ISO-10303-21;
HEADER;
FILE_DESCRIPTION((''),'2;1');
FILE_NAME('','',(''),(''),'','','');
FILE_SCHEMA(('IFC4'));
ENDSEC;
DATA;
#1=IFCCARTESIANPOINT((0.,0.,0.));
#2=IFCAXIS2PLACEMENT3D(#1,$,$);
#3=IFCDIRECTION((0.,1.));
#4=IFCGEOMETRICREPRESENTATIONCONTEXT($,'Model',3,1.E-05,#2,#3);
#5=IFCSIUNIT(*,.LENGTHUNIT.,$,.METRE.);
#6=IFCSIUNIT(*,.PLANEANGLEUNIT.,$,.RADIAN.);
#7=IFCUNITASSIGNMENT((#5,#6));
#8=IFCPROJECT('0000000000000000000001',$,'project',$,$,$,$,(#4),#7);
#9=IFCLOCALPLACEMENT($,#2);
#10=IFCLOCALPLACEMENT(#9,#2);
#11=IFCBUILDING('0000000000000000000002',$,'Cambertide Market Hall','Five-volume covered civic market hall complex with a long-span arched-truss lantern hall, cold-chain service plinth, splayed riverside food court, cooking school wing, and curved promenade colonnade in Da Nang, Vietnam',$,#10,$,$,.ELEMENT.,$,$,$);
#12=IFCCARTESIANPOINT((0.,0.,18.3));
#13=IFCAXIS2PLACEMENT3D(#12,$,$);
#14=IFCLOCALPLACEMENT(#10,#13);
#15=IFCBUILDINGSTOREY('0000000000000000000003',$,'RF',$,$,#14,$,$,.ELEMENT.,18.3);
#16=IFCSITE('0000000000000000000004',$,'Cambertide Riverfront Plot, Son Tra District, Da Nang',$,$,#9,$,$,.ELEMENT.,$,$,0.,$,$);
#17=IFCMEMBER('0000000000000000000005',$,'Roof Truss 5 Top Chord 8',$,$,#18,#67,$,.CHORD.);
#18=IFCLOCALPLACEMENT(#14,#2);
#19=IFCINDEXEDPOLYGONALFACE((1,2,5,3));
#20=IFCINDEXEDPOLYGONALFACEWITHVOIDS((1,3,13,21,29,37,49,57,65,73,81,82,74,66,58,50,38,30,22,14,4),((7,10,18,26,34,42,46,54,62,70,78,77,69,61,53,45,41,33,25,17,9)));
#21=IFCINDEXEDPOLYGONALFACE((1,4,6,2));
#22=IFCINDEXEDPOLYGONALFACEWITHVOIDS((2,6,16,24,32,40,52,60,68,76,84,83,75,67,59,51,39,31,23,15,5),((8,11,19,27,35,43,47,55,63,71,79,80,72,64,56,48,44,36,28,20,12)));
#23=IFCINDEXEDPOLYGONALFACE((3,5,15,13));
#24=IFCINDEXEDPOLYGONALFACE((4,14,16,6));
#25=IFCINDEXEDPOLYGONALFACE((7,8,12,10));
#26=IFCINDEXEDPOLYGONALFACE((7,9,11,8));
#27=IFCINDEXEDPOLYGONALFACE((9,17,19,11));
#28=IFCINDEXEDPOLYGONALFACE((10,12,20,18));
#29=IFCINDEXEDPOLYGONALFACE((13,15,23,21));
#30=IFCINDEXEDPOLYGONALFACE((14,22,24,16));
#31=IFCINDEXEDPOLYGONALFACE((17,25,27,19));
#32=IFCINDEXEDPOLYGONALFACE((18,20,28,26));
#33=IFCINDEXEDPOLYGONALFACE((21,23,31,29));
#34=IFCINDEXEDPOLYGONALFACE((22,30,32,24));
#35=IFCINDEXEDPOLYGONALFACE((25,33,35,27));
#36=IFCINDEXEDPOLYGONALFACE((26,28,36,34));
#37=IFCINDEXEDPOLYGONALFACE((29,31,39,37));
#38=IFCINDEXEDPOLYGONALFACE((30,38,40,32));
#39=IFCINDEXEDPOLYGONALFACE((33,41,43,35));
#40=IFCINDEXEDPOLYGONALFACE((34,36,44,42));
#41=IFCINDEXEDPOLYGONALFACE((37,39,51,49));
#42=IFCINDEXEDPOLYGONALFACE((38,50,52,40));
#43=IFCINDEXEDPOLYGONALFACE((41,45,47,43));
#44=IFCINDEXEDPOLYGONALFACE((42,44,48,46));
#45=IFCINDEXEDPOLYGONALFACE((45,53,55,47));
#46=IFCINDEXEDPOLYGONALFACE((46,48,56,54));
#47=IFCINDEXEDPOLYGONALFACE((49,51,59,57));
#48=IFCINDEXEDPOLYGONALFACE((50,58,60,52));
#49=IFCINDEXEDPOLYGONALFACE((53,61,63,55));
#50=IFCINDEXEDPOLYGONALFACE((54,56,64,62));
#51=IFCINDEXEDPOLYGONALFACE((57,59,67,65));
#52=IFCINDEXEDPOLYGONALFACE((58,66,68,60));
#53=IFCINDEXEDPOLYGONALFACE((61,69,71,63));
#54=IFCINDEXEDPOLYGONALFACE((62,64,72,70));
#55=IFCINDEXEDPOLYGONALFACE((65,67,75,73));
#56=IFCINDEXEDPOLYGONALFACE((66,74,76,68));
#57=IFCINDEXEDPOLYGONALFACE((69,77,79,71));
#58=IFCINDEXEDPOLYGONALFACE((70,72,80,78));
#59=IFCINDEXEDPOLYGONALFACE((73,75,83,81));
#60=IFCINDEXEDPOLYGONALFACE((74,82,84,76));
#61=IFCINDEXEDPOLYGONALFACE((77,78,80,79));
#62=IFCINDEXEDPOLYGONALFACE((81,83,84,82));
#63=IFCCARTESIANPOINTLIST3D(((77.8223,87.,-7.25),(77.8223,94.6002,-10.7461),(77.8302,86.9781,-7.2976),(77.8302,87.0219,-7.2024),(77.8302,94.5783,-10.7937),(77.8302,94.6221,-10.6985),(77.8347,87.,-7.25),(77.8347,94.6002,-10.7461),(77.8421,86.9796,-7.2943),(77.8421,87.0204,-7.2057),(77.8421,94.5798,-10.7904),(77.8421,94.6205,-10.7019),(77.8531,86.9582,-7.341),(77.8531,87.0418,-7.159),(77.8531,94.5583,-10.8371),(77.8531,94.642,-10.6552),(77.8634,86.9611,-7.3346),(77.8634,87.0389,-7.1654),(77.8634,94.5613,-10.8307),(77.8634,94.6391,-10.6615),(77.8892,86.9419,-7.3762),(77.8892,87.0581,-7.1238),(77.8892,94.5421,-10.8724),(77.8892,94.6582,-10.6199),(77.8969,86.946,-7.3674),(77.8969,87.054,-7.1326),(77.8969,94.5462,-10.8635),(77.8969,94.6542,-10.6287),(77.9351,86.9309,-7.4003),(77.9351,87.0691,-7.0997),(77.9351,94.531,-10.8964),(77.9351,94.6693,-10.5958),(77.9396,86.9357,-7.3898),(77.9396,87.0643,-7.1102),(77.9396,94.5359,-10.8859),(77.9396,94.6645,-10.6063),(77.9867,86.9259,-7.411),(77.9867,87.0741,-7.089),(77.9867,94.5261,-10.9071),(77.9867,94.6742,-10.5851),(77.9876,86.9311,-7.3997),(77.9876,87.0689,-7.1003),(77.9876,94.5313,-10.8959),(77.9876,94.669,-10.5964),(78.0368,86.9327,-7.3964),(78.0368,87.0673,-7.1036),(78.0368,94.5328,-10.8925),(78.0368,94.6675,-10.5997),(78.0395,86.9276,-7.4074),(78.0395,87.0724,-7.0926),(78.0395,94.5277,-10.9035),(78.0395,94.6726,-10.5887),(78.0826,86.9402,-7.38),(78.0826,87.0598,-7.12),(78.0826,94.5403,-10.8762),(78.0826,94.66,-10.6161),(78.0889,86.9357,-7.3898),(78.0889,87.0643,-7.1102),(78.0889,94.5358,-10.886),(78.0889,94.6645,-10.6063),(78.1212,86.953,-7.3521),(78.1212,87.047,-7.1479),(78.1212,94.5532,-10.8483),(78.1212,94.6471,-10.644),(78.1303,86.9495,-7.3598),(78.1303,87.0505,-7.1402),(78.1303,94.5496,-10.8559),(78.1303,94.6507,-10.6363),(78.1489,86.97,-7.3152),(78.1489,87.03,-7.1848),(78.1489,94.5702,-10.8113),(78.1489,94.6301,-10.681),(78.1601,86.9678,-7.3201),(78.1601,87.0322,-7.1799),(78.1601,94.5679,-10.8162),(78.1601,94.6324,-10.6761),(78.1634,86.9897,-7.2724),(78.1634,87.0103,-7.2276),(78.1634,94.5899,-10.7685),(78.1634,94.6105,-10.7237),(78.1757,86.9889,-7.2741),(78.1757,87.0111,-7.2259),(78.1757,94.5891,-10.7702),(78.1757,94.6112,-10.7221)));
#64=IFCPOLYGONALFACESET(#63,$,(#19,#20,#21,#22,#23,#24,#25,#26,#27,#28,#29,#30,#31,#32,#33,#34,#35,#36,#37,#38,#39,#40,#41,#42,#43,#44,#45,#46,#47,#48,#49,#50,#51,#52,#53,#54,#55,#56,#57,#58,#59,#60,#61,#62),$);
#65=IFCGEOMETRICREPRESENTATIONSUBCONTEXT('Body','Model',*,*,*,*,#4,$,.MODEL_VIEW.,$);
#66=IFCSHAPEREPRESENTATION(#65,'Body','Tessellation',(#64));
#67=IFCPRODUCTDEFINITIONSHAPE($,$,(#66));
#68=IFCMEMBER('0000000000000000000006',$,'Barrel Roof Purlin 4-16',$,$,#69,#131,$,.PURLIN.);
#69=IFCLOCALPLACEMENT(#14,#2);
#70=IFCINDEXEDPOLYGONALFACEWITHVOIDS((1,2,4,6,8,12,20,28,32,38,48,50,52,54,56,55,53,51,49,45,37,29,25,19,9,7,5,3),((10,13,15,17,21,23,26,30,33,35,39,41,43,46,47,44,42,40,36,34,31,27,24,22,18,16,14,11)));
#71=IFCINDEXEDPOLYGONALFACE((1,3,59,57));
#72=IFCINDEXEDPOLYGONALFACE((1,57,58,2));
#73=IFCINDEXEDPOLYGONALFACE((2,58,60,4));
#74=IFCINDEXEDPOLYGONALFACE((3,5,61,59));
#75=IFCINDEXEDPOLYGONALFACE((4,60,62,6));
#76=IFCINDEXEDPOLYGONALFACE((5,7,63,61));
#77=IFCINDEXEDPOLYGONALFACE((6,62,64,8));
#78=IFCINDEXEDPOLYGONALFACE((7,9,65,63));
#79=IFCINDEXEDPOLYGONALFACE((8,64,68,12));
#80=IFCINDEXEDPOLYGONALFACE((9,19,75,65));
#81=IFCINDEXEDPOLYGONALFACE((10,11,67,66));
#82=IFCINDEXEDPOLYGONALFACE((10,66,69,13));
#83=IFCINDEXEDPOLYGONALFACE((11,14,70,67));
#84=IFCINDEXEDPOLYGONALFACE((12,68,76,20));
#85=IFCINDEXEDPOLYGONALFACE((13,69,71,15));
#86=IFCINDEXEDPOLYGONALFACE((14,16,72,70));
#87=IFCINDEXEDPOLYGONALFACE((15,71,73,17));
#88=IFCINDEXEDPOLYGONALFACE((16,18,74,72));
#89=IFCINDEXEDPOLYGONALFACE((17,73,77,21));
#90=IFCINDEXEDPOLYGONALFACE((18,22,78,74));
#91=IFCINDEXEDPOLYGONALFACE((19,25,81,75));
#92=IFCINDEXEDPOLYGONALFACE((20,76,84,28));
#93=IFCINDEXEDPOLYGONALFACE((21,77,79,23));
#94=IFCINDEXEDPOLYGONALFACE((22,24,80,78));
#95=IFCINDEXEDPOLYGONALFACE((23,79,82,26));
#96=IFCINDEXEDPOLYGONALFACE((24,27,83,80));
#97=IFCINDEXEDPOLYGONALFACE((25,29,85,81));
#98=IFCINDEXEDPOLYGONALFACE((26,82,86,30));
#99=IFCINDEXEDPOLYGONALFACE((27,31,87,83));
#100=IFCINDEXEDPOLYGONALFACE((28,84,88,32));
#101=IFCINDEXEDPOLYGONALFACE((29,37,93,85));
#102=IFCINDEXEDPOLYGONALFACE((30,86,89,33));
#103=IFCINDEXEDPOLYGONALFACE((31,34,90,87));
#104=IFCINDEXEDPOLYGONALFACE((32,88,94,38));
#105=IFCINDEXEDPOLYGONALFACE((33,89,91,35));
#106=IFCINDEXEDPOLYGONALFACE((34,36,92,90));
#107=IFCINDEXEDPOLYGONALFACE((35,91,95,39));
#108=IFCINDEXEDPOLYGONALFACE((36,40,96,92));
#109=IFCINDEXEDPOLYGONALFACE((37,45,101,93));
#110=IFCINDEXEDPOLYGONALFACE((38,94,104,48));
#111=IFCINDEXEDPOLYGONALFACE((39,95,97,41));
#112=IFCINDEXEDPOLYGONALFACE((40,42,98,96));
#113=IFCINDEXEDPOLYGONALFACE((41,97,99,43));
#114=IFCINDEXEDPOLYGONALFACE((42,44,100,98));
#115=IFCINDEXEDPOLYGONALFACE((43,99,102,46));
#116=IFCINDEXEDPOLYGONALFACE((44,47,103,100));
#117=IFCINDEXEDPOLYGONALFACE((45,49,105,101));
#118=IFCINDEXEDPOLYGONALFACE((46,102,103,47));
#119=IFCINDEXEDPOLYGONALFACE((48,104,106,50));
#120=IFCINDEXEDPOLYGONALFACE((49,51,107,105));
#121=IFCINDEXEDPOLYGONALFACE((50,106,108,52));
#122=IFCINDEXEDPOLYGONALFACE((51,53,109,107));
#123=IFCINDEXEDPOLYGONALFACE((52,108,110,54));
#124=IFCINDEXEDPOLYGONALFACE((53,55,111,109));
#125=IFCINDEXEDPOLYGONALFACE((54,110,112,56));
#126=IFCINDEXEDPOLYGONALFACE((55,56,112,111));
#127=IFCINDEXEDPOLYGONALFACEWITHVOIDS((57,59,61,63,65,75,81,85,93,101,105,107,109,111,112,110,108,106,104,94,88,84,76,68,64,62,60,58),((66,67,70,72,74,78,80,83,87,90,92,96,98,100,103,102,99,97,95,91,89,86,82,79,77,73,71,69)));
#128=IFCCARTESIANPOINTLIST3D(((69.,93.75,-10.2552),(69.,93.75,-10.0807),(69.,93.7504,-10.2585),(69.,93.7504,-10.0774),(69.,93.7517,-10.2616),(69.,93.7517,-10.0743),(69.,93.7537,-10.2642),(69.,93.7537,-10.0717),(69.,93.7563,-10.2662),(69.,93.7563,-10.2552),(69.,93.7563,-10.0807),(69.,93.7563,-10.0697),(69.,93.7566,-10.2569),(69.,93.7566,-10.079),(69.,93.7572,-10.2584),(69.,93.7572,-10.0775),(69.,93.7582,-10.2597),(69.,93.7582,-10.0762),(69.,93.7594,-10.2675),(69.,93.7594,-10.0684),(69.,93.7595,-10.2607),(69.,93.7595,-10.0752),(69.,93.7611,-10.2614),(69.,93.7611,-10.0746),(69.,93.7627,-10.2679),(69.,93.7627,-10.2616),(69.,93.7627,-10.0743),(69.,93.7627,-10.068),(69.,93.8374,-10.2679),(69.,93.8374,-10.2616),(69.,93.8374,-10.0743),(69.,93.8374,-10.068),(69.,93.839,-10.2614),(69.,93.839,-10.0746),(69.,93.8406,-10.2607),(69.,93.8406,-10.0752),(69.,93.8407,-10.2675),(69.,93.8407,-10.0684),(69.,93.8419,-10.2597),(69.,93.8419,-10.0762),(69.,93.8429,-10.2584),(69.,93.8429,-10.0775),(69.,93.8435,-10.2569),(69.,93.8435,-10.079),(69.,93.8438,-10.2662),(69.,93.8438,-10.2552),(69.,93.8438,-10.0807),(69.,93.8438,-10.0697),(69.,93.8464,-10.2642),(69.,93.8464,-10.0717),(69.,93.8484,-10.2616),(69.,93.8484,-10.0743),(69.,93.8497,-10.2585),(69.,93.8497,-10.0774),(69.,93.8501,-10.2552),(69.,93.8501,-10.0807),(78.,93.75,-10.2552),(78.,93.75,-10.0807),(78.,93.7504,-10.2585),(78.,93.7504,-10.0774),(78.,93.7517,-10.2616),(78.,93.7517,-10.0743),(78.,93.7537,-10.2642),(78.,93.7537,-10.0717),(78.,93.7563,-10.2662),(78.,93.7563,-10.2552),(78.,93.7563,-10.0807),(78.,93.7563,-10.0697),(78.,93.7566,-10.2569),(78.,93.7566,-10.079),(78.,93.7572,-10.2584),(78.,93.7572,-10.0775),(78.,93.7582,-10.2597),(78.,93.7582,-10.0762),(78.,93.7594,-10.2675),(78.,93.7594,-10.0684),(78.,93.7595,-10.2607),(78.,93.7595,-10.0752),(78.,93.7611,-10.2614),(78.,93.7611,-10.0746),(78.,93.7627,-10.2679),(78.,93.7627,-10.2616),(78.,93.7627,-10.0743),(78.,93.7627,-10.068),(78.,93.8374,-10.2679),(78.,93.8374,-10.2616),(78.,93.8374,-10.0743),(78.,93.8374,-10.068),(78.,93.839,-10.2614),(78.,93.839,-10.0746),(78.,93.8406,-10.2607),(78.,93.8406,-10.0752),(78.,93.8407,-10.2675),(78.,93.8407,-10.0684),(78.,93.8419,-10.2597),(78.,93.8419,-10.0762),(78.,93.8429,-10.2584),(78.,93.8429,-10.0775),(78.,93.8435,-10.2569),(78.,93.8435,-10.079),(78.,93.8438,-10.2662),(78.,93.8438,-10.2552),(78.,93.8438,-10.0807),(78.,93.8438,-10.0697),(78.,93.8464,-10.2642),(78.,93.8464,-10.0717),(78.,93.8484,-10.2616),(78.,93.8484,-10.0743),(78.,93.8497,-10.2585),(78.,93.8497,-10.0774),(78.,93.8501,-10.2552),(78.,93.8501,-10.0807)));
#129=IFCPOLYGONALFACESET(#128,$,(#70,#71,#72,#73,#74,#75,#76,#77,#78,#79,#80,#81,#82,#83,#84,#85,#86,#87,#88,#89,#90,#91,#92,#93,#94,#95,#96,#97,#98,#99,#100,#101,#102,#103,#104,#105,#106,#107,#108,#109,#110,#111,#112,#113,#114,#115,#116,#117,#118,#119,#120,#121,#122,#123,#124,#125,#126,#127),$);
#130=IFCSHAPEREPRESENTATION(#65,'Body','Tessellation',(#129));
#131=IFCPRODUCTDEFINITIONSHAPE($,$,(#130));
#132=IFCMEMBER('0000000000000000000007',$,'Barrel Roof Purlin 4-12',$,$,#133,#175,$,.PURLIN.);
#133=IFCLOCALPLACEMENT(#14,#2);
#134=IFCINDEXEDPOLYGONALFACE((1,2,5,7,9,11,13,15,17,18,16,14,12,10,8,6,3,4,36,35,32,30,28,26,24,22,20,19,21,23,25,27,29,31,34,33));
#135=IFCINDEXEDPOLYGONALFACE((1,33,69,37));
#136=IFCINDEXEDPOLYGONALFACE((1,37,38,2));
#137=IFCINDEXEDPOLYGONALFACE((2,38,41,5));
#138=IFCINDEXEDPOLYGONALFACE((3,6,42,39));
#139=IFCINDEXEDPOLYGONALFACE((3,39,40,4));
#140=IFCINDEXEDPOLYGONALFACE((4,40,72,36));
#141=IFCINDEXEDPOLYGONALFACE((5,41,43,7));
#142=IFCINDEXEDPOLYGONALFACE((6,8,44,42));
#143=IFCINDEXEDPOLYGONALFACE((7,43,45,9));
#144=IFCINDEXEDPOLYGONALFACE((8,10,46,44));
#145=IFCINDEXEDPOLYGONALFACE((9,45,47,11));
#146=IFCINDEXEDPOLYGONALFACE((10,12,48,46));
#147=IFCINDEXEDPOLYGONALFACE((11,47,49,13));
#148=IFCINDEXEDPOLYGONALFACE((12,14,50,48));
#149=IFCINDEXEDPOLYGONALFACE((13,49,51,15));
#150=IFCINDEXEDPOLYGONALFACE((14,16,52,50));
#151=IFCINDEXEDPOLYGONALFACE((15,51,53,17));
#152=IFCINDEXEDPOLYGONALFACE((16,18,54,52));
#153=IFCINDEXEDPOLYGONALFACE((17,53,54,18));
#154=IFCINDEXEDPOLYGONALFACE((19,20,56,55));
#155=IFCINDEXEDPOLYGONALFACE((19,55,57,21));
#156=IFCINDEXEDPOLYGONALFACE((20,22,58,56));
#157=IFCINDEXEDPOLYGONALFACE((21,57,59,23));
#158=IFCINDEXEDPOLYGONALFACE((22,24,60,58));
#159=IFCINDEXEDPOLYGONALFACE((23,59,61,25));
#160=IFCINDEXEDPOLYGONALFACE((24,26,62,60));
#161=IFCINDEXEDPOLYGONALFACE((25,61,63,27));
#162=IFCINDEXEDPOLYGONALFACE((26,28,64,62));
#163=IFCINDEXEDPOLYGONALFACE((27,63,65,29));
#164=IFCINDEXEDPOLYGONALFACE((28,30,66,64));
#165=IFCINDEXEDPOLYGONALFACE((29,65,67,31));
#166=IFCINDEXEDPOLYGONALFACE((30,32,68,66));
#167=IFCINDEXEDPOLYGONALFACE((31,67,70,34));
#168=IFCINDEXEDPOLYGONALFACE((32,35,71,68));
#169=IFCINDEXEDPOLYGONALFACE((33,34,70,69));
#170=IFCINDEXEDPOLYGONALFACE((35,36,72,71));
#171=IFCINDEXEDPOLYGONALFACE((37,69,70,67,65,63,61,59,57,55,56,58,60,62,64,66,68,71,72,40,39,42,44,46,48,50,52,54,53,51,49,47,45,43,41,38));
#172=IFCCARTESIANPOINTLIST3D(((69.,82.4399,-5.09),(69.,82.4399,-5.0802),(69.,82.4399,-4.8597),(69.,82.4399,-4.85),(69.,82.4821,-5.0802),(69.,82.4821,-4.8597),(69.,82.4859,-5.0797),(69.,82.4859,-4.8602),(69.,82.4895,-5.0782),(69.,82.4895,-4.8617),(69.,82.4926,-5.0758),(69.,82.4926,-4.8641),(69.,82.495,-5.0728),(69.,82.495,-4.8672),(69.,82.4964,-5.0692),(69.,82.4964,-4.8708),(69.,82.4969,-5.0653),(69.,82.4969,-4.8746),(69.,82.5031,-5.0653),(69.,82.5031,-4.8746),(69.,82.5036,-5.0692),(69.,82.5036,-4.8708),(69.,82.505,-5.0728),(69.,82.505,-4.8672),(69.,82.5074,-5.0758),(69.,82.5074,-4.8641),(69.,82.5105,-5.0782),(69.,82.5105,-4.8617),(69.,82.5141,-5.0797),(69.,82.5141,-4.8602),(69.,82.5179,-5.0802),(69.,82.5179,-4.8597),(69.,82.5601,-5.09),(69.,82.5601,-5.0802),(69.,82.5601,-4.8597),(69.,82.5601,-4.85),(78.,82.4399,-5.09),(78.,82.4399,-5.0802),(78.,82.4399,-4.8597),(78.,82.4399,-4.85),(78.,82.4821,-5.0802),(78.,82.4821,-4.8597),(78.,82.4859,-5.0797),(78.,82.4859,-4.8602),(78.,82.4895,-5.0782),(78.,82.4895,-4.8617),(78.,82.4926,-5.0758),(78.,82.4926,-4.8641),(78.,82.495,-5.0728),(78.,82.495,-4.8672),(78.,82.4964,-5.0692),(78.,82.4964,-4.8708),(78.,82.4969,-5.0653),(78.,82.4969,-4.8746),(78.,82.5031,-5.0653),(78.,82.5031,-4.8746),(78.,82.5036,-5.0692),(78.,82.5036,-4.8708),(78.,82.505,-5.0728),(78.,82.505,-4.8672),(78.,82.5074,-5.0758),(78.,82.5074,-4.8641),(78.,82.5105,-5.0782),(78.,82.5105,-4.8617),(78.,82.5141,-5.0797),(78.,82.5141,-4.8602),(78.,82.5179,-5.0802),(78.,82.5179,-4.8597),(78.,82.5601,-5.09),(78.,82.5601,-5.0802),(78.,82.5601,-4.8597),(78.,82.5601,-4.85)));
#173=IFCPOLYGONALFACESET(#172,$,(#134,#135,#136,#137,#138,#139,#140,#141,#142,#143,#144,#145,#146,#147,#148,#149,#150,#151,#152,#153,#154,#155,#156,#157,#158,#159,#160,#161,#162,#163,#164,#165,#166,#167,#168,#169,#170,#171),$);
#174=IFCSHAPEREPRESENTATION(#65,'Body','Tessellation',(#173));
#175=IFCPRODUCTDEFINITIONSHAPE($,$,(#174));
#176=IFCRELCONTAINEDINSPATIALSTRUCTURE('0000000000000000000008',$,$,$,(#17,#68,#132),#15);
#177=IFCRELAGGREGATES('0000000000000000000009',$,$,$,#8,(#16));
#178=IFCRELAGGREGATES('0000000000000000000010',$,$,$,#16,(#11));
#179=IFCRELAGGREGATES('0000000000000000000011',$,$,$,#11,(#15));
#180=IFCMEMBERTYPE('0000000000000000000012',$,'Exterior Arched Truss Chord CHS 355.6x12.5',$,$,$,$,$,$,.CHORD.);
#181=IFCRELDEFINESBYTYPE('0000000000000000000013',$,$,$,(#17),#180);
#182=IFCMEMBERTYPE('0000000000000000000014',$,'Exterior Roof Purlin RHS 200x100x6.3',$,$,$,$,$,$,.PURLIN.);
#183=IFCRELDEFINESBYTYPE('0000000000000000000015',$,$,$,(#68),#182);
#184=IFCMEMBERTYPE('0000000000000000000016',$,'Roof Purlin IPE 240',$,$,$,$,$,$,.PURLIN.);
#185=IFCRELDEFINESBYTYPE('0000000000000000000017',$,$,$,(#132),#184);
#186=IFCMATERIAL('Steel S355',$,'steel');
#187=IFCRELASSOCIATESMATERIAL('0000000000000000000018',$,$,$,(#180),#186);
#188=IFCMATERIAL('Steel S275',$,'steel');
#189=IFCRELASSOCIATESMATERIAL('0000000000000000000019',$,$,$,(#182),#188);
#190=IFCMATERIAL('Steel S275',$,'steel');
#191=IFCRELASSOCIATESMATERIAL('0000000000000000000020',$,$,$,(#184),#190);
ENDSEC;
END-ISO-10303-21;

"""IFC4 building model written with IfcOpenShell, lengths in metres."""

from ifc_helpers import new_model, si_unit, direction, frame, origin, origin_2d, place, context, subcontext, project, spatial, hollow_rectangle, hollow_circle, i_section, extrude, material, material_profile, profile_set, type_object, element, save


model = new_model("IFC4")

# Units and contexts
model_context = context("Model", 3, precision=1e-05, world=origin(), true_north=direction((0.0, 1.0)))
body_context = subcontext(model_context, "Body", "Model", "MODEL_VIEW")
ifc_project = project(units=[si_unit("LENGTHUNIT", "METRE"), si_unit("PLANEANGLEUNIT", "RADIAN")], contexts=[model_context])

# Site, building, storey
site_placement = place(None, origin())
site = spatial("IfcSite", under=ifc_project, at=site_placement, Name="Cambertide Riverfront Plot, Son Tra District, Da Nang", CompositionType="ELEMENT", RefElevation=0.0)
building_placement = place(site_placement, origin())
building = spatial("IfcBuilding", under=site, at=building_placement, Name="Cambertide Market Hall", Description="Five-volume covered civic market hall complex with a long-span arched-truss lantern hall, cold-chain service plinth, splayed riverside food court, cooking school wing, and curved promenade colonnade in Da Nang, Vietnam", CompositionType="ELEMENT")
storey_placement = place(building_placement, frame((0.0, 0.0, 18.3)))
storey = spatial("IfcBuildingStorey", under=building, at=storey_placement, Name="RF", CompositionType="ELEMENT", Elevation=18.3)

# Members
ifc_material_1 = material(Name="Steel S355", Category="steel")
ifc_material_profile_1 = material_profile(ifc_material_1, hollow_circle(Radius=0.1777, WallThickness=0.0125, at=origin_2d()), Name="CHS 355.6x12.5")
ifc_profile_set_1 = profile_set([ifc_material_profile_1], Name="Steel S355")
member_type_1 = type_object("IfcMemberType", Name="Exterior Arched Truss Chord CHS 355.6x12.5", PredefinedType="CHORD", material=ifc_profile_set_1)
for number, where, z_axis, x_axis, name in (
    (1, (78.0, 87.0, -7.25), (0.0, 0.908488, -0.41791), (-1.0, 0.0, 0.0), "Roof Truss 5 Top Chord 8"),
):
    element("IfcMember", number, at=place(storey_placement, frame(where, z_axis=z_axis, x_axis=x_axis)), inside=storey, type_object=member_type_1, Name=name, PredefinedType="CHORD", context=body_context, shape_type="SweptSolid", body=[
        extrude(hollow_circle(Radius=0.1777, WallThickness=0.0125, at=origin_2d()), origin(), (0.0, 0.0, 1.0), 8.3657),
    ])
ifc_material_2 = material(Name="Steel S275", Category="steel")
ifc_material_profile_2 = material_profile(ifc_material_2, hollow_rectangle(XDim=0.1001, YDim=0.2, WallThickness=0.0063, InnerFilletRadius=0.0063, OuterFilletRadius=0.0127, at=origin_2d()), Name="RHS 200x100x6.3")
ifc_profile_set_2 = profile_set([ifc_material_profile_2], Name="Steel S275")
member_type_2 = type_object("IfcMemberType", Name="Exterior Roof Purlin RHS 200x100x6.3", PredefinedType="PURLIN", material=ifc_profile_set_2)
member_1_placement = place(storey_placement, frame((69.0, 93.8, -10.168), z_axis=(1.0, 0.0, 0.0), x_axis=(0.0, 1.0, 0.0)))
element("IfcMember", 2, at=member_1_placement, inside=storey, type_object=member_type_2, Name="Barrel Roof Purlin 4-16", PredefinedType="PURLIN", context=body_context, shape_type="SweptSolid", body=[
    extrude(hollow_rectangle(XDim=0.1001, YDim=0.2, WallThickness=0.0063, InnerFilletRadius=0.0063, OuterFilletRadius=0.0127, at=origin_2d()), origin(), (0.0, 0.0, 1.0), 9.0),
])
ifc_material_3 = material(Name="Steel S275", Category="steel")
ifc_material_profile_3 = material_profile(ifc_material_3, i_section(OverallWidth=0.1201, OverallDepth=0.24, WebThickness=0.0061, FlangeThickness=0.0098, FilletRadius=0.0149, at=origin_2d()), Name="IPE 240")
ifc_profile_set_3 = profile_set([ifc_material_profile_3], Name="Steel S275")
member_type_3 = type_object("IfcMemberType", Name="Roof Purlin IPE 240", PredefinedType="PURLIN", material=ifc_profile_set_3)
for number, where, z_axis, x_axis, name in (
    (3, (69.0, 82.5, -4.97), (1.0, 0.0, 0.0), (0.0, 1.0, 0.0), "Barrel Roof Purlin 4-12"),
):
    element("IfcMember", number, at=place(storey_placement, frame(where, z_axis=z_axis, x_axis=x_axis)), inside=storey, type_object=member_type_3, Name=name, PredefinedType="PURLIN", context=body_context, shape_type="SweptSolid", body=[
        extrude(i_section(OverallWidth=0.1201, OverallDepth=0.24, WebThickness=0.0061, FlangeThickness=0.0098, FilletRadius=0.0149, at=origin_2d()), origin(), (0.0, 0.0, 1.0), 9.0),
    ])

save(model, "model.ifc")
